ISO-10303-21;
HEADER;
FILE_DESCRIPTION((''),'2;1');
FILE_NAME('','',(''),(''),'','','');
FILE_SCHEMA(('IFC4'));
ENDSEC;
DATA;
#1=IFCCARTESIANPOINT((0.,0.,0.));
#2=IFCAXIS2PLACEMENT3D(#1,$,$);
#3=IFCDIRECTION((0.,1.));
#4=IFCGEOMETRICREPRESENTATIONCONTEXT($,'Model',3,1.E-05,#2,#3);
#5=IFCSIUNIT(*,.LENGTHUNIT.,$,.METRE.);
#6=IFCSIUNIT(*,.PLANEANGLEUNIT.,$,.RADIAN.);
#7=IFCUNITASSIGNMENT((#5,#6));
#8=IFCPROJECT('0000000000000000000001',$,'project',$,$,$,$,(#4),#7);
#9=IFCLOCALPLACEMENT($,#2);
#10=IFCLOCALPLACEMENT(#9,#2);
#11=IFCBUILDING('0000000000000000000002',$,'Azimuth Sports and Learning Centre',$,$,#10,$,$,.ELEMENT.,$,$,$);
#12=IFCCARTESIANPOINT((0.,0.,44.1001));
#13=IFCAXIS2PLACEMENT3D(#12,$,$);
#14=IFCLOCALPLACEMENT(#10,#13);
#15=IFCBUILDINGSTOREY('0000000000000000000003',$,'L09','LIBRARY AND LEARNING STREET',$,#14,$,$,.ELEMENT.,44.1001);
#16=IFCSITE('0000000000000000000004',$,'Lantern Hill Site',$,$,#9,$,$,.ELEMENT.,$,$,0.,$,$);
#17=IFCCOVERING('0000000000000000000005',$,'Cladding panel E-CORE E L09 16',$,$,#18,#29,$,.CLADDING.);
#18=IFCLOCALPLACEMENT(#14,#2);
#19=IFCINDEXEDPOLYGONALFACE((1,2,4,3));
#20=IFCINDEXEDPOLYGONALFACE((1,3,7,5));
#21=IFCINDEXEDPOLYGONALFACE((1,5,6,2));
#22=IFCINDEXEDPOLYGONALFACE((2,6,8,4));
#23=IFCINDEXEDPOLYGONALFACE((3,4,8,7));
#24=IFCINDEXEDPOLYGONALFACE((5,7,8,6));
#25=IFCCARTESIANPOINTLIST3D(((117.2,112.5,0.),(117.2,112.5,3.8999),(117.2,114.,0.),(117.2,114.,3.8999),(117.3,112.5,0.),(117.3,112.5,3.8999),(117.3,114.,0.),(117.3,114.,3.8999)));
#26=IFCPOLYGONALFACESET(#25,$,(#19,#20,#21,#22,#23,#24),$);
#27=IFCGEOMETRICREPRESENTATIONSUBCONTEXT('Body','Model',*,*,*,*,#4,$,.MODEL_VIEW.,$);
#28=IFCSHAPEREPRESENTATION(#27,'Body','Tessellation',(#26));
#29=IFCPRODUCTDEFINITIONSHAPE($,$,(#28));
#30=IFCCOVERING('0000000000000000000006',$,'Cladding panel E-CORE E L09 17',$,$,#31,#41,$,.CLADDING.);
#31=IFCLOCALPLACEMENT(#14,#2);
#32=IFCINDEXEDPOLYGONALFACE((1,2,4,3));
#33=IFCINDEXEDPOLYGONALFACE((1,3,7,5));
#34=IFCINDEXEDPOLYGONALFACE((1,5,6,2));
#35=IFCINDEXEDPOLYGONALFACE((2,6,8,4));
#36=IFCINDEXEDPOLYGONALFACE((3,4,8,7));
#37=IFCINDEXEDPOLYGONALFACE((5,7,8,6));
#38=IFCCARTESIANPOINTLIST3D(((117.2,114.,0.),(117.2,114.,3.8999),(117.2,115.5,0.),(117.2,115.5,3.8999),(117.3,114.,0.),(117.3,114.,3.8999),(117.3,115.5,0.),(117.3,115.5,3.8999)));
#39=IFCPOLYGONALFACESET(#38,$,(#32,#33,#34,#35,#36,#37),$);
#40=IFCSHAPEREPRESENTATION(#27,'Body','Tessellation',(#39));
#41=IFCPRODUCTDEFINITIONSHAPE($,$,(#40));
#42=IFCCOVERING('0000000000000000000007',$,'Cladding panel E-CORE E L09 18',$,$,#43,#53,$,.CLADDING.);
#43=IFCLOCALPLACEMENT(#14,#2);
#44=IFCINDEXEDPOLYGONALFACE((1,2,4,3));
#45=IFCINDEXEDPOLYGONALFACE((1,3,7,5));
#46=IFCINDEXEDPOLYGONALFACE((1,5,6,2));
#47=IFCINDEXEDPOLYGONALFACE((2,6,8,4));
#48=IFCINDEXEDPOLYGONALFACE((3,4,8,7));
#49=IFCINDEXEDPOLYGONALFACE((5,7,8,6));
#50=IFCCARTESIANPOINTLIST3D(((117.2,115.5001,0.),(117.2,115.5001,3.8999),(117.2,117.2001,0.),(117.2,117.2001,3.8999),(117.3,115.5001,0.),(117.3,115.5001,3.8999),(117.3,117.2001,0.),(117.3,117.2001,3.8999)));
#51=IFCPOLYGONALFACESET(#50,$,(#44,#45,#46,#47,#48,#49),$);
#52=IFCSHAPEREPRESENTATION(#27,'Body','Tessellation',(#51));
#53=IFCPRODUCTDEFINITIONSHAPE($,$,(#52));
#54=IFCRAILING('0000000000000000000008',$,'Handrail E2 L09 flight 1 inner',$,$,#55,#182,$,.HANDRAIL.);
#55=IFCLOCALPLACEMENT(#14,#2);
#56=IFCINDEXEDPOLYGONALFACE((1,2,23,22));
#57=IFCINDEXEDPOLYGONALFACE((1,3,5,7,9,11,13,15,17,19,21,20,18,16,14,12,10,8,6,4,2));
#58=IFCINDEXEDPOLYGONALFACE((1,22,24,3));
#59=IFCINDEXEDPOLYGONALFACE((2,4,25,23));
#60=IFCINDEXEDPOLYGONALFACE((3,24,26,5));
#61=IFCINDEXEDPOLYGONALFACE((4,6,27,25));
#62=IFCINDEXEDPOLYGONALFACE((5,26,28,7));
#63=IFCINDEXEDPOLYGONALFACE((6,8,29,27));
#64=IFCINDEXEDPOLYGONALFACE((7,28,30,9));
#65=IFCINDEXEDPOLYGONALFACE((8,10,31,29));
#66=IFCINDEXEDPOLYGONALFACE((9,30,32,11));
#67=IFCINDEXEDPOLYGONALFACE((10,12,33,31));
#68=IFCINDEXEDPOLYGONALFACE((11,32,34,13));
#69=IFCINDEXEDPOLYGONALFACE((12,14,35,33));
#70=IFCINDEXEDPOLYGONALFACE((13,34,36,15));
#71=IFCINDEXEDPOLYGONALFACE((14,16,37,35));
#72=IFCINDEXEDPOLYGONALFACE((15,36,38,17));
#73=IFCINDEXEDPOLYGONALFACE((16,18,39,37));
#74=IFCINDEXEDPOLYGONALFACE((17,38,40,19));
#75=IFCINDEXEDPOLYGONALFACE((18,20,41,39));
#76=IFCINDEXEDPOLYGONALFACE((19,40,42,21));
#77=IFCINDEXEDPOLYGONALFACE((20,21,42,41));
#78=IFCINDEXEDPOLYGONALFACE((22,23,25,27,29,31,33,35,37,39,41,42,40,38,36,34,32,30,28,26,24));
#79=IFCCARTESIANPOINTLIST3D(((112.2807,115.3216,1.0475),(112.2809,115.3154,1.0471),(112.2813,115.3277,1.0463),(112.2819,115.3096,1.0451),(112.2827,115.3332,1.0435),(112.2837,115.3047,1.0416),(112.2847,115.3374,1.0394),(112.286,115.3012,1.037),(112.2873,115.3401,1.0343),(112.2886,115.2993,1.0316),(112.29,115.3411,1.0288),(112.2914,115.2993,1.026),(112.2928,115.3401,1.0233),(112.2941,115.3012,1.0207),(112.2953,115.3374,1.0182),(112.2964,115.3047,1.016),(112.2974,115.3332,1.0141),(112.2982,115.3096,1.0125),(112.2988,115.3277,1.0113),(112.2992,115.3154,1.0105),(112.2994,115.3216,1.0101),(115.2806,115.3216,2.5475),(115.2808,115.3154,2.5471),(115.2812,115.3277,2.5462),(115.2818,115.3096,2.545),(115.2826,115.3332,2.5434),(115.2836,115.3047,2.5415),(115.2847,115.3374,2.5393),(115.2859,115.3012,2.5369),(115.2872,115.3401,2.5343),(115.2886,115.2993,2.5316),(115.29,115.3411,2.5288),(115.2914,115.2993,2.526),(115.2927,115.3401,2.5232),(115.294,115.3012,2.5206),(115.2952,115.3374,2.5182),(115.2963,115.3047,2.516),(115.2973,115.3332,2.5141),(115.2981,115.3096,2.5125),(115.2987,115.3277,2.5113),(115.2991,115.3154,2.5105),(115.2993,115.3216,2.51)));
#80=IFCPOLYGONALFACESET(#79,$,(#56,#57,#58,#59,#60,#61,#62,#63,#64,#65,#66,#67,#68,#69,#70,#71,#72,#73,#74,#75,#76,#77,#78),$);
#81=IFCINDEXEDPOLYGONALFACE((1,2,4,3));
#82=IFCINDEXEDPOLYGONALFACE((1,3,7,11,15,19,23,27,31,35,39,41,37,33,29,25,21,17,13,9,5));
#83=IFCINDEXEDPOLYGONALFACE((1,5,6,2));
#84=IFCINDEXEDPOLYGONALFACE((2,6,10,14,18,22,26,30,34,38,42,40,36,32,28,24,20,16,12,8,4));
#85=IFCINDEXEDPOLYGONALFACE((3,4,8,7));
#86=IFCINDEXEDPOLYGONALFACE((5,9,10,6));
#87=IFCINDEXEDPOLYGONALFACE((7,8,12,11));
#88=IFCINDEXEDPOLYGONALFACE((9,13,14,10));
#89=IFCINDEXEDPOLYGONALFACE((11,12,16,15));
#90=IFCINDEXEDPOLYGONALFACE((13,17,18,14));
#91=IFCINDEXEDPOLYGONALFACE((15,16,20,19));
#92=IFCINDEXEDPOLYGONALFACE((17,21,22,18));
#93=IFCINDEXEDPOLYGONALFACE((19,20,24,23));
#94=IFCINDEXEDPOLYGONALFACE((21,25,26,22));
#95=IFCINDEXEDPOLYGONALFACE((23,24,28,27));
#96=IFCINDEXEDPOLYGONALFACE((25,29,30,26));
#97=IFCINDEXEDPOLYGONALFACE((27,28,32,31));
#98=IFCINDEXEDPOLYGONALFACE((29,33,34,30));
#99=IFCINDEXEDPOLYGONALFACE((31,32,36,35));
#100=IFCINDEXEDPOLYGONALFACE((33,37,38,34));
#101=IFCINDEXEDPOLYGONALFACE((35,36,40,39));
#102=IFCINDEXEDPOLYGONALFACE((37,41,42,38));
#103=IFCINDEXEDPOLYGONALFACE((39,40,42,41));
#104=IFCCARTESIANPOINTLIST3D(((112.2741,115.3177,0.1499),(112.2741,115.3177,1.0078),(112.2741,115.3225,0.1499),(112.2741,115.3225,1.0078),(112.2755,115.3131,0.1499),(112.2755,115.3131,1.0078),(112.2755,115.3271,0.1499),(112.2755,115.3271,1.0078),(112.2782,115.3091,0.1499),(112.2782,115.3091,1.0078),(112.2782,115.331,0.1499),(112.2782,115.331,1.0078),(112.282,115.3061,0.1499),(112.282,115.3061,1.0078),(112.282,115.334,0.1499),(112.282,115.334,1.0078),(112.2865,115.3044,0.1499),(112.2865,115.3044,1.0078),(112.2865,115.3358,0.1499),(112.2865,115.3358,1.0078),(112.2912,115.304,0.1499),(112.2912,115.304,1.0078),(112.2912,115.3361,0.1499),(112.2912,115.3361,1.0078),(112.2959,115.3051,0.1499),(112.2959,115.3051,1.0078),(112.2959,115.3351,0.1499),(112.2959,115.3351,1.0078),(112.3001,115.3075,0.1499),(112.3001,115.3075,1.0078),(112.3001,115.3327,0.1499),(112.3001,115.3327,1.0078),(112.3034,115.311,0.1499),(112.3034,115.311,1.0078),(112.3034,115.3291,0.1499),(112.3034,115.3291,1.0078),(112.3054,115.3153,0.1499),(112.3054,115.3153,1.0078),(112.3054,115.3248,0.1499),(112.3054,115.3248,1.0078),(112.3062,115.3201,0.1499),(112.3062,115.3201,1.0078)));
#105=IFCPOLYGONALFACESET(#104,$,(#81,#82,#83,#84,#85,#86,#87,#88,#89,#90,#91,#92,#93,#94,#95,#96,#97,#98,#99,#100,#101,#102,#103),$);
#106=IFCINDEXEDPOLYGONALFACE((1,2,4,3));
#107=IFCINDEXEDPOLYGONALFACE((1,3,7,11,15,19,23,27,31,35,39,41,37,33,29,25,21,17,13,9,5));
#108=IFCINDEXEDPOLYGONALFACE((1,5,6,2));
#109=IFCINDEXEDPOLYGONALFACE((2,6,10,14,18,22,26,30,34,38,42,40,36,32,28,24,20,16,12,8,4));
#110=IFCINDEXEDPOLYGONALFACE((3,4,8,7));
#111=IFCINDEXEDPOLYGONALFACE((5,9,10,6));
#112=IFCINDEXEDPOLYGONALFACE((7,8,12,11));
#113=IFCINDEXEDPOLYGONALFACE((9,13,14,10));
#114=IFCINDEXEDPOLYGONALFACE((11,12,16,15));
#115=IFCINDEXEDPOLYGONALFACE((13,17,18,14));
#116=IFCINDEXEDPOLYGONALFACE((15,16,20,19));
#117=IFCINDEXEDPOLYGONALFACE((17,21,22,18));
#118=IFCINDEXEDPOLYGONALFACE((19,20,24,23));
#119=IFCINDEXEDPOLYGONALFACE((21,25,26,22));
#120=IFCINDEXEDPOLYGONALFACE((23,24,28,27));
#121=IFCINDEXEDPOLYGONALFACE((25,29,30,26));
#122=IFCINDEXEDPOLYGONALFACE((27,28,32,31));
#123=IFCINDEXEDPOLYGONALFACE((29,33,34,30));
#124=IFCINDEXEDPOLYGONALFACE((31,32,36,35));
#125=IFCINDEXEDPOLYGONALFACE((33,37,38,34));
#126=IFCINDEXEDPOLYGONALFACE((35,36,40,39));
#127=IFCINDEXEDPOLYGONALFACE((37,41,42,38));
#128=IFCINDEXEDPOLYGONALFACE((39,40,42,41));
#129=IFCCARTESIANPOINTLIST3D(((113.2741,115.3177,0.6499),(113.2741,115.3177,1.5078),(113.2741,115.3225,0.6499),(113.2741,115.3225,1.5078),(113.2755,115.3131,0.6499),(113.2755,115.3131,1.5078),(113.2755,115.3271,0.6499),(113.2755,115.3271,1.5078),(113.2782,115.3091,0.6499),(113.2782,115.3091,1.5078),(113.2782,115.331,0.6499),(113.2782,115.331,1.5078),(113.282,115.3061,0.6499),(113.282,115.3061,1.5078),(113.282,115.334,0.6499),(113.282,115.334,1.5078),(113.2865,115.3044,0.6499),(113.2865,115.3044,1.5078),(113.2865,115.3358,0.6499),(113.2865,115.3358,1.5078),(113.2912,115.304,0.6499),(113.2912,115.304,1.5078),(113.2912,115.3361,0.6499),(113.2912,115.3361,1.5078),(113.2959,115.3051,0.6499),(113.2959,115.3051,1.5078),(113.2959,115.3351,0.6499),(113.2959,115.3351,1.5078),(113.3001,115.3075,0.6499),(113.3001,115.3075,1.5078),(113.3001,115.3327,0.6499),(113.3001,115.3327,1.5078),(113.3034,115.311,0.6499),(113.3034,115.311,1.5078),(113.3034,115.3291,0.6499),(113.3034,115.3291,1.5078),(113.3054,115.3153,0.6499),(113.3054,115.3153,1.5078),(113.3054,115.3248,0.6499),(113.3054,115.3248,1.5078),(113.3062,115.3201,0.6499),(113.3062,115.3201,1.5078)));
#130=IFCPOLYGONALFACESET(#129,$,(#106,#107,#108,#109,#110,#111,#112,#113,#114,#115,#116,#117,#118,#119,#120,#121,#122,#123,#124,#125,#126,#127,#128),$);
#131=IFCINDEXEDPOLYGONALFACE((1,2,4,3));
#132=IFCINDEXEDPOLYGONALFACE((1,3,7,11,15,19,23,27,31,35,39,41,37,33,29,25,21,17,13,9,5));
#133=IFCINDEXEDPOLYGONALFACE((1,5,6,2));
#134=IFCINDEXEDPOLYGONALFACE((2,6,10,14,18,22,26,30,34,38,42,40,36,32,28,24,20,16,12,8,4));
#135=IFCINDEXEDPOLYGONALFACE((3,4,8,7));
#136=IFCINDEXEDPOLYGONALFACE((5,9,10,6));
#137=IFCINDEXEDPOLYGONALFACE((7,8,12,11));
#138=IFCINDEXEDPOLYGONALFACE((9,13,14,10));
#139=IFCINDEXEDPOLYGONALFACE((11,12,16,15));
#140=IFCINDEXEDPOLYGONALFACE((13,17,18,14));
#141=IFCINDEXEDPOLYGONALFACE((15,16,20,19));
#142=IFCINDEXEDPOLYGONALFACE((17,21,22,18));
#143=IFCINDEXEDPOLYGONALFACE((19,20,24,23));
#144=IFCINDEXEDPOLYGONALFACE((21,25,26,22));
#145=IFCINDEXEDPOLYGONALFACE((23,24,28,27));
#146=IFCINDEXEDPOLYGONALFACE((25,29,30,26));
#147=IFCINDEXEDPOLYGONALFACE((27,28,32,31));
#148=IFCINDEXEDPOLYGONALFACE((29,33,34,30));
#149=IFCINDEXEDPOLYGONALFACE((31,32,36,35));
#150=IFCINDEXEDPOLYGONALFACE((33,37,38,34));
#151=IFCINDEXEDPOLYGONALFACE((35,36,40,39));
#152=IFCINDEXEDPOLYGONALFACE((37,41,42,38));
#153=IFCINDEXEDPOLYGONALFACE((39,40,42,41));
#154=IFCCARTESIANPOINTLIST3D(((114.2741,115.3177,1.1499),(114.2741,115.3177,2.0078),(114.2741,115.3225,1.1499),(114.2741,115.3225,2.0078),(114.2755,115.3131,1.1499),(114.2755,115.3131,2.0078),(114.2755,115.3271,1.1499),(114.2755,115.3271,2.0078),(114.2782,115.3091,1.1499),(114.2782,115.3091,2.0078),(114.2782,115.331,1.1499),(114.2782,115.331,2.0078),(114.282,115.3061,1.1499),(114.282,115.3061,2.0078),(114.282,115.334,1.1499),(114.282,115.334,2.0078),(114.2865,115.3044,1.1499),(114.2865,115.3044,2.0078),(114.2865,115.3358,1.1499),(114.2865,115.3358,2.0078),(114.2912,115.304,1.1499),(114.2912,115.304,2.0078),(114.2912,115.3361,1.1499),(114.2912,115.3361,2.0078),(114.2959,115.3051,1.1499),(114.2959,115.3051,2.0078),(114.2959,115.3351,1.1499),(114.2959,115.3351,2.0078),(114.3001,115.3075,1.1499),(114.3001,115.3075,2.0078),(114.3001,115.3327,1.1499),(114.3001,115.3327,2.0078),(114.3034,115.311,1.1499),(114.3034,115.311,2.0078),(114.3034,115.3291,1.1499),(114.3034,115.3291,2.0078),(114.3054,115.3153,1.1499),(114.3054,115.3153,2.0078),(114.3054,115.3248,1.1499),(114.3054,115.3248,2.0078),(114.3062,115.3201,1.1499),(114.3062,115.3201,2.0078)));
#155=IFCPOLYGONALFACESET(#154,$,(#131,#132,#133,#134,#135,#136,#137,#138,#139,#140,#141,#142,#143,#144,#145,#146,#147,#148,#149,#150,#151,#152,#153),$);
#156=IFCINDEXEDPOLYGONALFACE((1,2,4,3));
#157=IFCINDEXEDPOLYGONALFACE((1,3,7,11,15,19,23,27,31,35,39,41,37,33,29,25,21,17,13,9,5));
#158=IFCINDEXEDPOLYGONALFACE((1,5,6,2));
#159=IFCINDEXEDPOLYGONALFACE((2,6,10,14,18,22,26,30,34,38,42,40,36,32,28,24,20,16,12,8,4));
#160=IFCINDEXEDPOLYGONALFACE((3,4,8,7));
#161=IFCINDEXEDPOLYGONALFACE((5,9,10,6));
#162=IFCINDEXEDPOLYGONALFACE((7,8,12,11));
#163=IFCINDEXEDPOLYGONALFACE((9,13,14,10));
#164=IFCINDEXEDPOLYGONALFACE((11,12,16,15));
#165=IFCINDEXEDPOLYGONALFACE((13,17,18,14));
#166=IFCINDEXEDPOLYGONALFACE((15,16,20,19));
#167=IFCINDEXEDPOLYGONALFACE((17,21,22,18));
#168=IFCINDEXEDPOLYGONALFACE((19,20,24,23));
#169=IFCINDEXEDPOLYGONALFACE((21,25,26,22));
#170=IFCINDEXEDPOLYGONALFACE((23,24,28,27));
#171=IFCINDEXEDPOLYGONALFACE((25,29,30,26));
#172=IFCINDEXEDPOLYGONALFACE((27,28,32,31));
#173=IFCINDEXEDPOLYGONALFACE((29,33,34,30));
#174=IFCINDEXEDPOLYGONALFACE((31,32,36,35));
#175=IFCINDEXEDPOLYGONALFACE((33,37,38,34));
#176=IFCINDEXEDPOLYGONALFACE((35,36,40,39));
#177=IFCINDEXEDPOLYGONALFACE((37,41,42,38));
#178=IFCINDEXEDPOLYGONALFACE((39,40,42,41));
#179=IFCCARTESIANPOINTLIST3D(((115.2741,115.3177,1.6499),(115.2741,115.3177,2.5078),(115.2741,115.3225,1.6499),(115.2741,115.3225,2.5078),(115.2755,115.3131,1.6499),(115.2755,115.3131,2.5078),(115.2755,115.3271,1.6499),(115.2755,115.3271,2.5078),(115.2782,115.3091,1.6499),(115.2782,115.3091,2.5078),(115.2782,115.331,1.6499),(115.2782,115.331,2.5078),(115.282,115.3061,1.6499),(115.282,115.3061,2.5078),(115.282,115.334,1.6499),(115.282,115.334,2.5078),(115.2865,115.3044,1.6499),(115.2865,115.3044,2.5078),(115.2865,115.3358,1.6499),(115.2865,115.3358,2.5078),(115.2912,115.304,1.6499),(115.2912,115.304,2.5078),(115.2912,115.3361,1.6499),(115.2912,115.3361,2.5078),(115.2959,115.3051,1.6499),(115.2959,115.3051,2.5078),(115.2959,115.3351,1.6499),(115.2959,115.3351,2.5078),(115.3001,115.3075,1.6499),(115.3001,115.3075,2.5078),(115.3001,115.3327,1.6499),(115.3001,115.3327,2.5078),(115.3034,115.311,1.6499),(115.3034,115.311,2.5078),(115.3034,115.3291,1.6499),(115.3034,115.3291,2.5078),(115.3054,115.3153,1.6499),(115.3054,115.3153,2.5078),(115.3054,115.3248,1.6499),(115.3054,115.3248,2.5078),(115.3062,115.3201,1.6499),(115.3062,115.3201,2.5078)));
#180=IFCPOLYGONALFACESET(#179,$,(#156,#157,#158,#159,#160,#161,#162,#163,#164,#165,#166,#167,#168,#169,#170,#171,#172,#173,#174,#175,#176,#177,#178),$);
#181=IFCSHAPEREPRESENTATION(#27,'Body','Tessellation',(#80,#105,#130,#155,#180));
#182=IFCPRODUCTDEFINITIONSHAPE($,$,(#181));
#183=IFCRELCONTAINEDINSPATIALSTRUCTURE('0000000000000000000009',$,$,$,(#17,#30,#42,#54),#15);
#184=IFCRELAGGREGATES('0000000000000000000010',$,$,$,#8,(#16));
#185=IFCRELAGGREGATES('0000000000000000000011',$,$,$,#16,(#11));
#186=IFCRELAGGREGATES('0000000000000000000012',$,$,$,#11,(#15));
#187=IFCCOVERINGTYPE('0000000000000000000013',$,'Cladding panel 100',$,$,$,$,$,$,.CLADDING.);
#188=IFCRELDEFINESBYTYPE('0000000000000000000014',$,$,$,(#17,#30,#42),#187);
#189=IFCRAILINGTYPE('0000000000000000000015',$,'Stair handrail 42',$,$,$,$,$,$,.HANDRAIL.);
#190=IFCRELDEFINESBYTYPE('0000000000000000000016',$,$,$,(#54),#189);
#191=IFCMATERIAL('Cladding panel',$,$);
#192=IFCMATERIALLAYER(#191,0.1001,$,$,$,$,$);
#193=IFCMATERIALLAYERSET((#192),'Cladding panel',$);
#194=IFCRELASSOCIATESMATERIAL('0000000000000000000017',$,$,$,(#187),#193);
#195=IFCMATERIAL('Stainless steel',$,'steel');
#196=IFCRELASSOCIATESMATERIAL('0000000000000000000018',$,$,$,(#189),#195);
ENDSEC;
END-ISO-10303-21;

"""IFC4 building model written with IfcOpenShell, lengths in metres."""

from ifc_helpers import new_model, si_unit, direction, frame, origin, origin_2d, place, context, subcontext, project, spatial, rectangle, circle, extrude, material, layer, layer_set, type_object, element, save


model = new_model("IFC4")

# Units and contexts
model_context = context("Model", 3, precision=1e-05, world=origin(), true_north=direction((0.0, 1.0)))
body_context = subcontext(model_context, "Body", "Model", "MODEL_VIEW")
ifc_project = project(units=[si_unit("LENGTHUNIT", "METRE"), si_unit("PLANEANGLEUNIT", "RADIAN")], contexts=[model_context])

# Site, building, storey
site_placement = place(None, origin())
site = spatial("IfcSite", under=ifc_project, at=site_placement, Name="Lantern Hill Site", CompositionType="ELEMENT", RefElevation=0.0)
building_placement = place(site_placement, origin())
building = spatial("IfcBuilding", under=site, at=building_placement, Name="Azimuth Sports and Learning Centre", CompositionType="ELEMENT")
storey_placement = place(building_placement, frame((0.0, 0.0, 44.1001)))
storey = spatial("IfcBuildingStorey", under=building, at=storey_placement, Name="L09", Description="LIBRARY AND LEARNING STREET", CompositionType="ELEMENT", Elevation=44.1001)

# Coverings
ifc_material_1 = material(Name="Cladding panel")
ifc_layer_1 = layer(ifc_material_1, 0.1001)
ifc_layer_set_1 = layer_set([ifc_layer_1], Name="Cladding panel")
covering_type = type_object("IfcCoveringType", Name="Cladding panel 100", PredefinedType="CLADDING", material=ifc_layer_set_1)
for number, where, z_axis, x_axis, name in (
    (1, (117.25, 113.25, 0.0), (0.0, 0.0, 1.0), (0.0, 1.0, 0.0), "Cladding panel E-CORE E L09 16"),
    (2, (117.25, 114.75, 0.0), (0.0, 0.0, 1.0), (0.0, 1.0, 0.0), "Cladding panel E-CORE E L09 17"),
):
    element("IfcCovering", number, at=place(storey_placement, frame(where, z_axis=z_axis, x_axis=x_axis)), inside=storey, type_object=covering_type, Name=name, PredefinedType="CLADDING", context=body_context, shape_type="SweptSolid", body=[
        extrude(rectangle(XDim=1.5, YDim=0.1001, at=origin_2d()), origin(), (0.0, 0.0, 1.0), 3.8999),
    ])
covering_placement = place(storey_placement, frame((117.25, 116.3501, 0.0), z_axis=(0.0, 0.0, 1.0), x_axis=(0.0, 1.0, 0.0)))
element("IfcCovering", 3, at=covering_placement, inside=storey, type_object=covering_type, Name="Cladding panel E-CORE E L09 18", PredefinedType="CLADDING", context=body_context, shape_type="SweptSolid", body=[
    extrude(rectangle(XDim=1.7, YDim=0.1001, at=origin_2d()), origin(), (0.0, 0.0, 1.0), 3.8999),
])

# Railing
ifc_material_2 = material(Name="Stainless steel", Category="steel")
railing_type_1 = type_object("IfcRailingType", Name="Stair handrail 42", PredefinedType="HANDRAIL", material=ifc_material_2)
for number, where, name in (
    (4, (112.29, 115.3201, 0.1499), "Handrail E2 L09 flight 1 inner"),
):
    element("IfcRailing", number, at=place(storey_placement, frame(where)), inside=storey, type_object=railing_type_1, Name=name, PredefinedType="HANDRAIL", context=body_context, shape_type="SweptSolid", body=[
        extrude(circle(Radius=0.021, at=origin_2d()), frame((0.0, 0.0, 0.8789), z_axis=(0.894427, 0.0, 0.447214), x_axis=(0.0, 1.0, 0.0)), (0.0, 0.0, 1.0), 3.354),
        extrude(circle(Radius=0.0161, at=origin_2d()), origin(), (0.0, 0.0, 1.0), 0.8579),
        extrude(circle(Radius=0.0161, at=origin_2d()), frame((1.0, 0.0, 0.5)), (0.0, 0.0, 1.0), 0.8579),
        extrude(circle(Radius=0.0161, at=origin_2d()), frame((2.0, 0.0, 1.0)), (0.0, 0.0, 1.0), 0.8579),
        extrude(circle(Radius=0.0161, at=origin_2d()), frame((3.0, 0.0, 1.5)), (0.0, 0.0, 1.0), 0.8579),
    ])

save(model, "model.ifc")
